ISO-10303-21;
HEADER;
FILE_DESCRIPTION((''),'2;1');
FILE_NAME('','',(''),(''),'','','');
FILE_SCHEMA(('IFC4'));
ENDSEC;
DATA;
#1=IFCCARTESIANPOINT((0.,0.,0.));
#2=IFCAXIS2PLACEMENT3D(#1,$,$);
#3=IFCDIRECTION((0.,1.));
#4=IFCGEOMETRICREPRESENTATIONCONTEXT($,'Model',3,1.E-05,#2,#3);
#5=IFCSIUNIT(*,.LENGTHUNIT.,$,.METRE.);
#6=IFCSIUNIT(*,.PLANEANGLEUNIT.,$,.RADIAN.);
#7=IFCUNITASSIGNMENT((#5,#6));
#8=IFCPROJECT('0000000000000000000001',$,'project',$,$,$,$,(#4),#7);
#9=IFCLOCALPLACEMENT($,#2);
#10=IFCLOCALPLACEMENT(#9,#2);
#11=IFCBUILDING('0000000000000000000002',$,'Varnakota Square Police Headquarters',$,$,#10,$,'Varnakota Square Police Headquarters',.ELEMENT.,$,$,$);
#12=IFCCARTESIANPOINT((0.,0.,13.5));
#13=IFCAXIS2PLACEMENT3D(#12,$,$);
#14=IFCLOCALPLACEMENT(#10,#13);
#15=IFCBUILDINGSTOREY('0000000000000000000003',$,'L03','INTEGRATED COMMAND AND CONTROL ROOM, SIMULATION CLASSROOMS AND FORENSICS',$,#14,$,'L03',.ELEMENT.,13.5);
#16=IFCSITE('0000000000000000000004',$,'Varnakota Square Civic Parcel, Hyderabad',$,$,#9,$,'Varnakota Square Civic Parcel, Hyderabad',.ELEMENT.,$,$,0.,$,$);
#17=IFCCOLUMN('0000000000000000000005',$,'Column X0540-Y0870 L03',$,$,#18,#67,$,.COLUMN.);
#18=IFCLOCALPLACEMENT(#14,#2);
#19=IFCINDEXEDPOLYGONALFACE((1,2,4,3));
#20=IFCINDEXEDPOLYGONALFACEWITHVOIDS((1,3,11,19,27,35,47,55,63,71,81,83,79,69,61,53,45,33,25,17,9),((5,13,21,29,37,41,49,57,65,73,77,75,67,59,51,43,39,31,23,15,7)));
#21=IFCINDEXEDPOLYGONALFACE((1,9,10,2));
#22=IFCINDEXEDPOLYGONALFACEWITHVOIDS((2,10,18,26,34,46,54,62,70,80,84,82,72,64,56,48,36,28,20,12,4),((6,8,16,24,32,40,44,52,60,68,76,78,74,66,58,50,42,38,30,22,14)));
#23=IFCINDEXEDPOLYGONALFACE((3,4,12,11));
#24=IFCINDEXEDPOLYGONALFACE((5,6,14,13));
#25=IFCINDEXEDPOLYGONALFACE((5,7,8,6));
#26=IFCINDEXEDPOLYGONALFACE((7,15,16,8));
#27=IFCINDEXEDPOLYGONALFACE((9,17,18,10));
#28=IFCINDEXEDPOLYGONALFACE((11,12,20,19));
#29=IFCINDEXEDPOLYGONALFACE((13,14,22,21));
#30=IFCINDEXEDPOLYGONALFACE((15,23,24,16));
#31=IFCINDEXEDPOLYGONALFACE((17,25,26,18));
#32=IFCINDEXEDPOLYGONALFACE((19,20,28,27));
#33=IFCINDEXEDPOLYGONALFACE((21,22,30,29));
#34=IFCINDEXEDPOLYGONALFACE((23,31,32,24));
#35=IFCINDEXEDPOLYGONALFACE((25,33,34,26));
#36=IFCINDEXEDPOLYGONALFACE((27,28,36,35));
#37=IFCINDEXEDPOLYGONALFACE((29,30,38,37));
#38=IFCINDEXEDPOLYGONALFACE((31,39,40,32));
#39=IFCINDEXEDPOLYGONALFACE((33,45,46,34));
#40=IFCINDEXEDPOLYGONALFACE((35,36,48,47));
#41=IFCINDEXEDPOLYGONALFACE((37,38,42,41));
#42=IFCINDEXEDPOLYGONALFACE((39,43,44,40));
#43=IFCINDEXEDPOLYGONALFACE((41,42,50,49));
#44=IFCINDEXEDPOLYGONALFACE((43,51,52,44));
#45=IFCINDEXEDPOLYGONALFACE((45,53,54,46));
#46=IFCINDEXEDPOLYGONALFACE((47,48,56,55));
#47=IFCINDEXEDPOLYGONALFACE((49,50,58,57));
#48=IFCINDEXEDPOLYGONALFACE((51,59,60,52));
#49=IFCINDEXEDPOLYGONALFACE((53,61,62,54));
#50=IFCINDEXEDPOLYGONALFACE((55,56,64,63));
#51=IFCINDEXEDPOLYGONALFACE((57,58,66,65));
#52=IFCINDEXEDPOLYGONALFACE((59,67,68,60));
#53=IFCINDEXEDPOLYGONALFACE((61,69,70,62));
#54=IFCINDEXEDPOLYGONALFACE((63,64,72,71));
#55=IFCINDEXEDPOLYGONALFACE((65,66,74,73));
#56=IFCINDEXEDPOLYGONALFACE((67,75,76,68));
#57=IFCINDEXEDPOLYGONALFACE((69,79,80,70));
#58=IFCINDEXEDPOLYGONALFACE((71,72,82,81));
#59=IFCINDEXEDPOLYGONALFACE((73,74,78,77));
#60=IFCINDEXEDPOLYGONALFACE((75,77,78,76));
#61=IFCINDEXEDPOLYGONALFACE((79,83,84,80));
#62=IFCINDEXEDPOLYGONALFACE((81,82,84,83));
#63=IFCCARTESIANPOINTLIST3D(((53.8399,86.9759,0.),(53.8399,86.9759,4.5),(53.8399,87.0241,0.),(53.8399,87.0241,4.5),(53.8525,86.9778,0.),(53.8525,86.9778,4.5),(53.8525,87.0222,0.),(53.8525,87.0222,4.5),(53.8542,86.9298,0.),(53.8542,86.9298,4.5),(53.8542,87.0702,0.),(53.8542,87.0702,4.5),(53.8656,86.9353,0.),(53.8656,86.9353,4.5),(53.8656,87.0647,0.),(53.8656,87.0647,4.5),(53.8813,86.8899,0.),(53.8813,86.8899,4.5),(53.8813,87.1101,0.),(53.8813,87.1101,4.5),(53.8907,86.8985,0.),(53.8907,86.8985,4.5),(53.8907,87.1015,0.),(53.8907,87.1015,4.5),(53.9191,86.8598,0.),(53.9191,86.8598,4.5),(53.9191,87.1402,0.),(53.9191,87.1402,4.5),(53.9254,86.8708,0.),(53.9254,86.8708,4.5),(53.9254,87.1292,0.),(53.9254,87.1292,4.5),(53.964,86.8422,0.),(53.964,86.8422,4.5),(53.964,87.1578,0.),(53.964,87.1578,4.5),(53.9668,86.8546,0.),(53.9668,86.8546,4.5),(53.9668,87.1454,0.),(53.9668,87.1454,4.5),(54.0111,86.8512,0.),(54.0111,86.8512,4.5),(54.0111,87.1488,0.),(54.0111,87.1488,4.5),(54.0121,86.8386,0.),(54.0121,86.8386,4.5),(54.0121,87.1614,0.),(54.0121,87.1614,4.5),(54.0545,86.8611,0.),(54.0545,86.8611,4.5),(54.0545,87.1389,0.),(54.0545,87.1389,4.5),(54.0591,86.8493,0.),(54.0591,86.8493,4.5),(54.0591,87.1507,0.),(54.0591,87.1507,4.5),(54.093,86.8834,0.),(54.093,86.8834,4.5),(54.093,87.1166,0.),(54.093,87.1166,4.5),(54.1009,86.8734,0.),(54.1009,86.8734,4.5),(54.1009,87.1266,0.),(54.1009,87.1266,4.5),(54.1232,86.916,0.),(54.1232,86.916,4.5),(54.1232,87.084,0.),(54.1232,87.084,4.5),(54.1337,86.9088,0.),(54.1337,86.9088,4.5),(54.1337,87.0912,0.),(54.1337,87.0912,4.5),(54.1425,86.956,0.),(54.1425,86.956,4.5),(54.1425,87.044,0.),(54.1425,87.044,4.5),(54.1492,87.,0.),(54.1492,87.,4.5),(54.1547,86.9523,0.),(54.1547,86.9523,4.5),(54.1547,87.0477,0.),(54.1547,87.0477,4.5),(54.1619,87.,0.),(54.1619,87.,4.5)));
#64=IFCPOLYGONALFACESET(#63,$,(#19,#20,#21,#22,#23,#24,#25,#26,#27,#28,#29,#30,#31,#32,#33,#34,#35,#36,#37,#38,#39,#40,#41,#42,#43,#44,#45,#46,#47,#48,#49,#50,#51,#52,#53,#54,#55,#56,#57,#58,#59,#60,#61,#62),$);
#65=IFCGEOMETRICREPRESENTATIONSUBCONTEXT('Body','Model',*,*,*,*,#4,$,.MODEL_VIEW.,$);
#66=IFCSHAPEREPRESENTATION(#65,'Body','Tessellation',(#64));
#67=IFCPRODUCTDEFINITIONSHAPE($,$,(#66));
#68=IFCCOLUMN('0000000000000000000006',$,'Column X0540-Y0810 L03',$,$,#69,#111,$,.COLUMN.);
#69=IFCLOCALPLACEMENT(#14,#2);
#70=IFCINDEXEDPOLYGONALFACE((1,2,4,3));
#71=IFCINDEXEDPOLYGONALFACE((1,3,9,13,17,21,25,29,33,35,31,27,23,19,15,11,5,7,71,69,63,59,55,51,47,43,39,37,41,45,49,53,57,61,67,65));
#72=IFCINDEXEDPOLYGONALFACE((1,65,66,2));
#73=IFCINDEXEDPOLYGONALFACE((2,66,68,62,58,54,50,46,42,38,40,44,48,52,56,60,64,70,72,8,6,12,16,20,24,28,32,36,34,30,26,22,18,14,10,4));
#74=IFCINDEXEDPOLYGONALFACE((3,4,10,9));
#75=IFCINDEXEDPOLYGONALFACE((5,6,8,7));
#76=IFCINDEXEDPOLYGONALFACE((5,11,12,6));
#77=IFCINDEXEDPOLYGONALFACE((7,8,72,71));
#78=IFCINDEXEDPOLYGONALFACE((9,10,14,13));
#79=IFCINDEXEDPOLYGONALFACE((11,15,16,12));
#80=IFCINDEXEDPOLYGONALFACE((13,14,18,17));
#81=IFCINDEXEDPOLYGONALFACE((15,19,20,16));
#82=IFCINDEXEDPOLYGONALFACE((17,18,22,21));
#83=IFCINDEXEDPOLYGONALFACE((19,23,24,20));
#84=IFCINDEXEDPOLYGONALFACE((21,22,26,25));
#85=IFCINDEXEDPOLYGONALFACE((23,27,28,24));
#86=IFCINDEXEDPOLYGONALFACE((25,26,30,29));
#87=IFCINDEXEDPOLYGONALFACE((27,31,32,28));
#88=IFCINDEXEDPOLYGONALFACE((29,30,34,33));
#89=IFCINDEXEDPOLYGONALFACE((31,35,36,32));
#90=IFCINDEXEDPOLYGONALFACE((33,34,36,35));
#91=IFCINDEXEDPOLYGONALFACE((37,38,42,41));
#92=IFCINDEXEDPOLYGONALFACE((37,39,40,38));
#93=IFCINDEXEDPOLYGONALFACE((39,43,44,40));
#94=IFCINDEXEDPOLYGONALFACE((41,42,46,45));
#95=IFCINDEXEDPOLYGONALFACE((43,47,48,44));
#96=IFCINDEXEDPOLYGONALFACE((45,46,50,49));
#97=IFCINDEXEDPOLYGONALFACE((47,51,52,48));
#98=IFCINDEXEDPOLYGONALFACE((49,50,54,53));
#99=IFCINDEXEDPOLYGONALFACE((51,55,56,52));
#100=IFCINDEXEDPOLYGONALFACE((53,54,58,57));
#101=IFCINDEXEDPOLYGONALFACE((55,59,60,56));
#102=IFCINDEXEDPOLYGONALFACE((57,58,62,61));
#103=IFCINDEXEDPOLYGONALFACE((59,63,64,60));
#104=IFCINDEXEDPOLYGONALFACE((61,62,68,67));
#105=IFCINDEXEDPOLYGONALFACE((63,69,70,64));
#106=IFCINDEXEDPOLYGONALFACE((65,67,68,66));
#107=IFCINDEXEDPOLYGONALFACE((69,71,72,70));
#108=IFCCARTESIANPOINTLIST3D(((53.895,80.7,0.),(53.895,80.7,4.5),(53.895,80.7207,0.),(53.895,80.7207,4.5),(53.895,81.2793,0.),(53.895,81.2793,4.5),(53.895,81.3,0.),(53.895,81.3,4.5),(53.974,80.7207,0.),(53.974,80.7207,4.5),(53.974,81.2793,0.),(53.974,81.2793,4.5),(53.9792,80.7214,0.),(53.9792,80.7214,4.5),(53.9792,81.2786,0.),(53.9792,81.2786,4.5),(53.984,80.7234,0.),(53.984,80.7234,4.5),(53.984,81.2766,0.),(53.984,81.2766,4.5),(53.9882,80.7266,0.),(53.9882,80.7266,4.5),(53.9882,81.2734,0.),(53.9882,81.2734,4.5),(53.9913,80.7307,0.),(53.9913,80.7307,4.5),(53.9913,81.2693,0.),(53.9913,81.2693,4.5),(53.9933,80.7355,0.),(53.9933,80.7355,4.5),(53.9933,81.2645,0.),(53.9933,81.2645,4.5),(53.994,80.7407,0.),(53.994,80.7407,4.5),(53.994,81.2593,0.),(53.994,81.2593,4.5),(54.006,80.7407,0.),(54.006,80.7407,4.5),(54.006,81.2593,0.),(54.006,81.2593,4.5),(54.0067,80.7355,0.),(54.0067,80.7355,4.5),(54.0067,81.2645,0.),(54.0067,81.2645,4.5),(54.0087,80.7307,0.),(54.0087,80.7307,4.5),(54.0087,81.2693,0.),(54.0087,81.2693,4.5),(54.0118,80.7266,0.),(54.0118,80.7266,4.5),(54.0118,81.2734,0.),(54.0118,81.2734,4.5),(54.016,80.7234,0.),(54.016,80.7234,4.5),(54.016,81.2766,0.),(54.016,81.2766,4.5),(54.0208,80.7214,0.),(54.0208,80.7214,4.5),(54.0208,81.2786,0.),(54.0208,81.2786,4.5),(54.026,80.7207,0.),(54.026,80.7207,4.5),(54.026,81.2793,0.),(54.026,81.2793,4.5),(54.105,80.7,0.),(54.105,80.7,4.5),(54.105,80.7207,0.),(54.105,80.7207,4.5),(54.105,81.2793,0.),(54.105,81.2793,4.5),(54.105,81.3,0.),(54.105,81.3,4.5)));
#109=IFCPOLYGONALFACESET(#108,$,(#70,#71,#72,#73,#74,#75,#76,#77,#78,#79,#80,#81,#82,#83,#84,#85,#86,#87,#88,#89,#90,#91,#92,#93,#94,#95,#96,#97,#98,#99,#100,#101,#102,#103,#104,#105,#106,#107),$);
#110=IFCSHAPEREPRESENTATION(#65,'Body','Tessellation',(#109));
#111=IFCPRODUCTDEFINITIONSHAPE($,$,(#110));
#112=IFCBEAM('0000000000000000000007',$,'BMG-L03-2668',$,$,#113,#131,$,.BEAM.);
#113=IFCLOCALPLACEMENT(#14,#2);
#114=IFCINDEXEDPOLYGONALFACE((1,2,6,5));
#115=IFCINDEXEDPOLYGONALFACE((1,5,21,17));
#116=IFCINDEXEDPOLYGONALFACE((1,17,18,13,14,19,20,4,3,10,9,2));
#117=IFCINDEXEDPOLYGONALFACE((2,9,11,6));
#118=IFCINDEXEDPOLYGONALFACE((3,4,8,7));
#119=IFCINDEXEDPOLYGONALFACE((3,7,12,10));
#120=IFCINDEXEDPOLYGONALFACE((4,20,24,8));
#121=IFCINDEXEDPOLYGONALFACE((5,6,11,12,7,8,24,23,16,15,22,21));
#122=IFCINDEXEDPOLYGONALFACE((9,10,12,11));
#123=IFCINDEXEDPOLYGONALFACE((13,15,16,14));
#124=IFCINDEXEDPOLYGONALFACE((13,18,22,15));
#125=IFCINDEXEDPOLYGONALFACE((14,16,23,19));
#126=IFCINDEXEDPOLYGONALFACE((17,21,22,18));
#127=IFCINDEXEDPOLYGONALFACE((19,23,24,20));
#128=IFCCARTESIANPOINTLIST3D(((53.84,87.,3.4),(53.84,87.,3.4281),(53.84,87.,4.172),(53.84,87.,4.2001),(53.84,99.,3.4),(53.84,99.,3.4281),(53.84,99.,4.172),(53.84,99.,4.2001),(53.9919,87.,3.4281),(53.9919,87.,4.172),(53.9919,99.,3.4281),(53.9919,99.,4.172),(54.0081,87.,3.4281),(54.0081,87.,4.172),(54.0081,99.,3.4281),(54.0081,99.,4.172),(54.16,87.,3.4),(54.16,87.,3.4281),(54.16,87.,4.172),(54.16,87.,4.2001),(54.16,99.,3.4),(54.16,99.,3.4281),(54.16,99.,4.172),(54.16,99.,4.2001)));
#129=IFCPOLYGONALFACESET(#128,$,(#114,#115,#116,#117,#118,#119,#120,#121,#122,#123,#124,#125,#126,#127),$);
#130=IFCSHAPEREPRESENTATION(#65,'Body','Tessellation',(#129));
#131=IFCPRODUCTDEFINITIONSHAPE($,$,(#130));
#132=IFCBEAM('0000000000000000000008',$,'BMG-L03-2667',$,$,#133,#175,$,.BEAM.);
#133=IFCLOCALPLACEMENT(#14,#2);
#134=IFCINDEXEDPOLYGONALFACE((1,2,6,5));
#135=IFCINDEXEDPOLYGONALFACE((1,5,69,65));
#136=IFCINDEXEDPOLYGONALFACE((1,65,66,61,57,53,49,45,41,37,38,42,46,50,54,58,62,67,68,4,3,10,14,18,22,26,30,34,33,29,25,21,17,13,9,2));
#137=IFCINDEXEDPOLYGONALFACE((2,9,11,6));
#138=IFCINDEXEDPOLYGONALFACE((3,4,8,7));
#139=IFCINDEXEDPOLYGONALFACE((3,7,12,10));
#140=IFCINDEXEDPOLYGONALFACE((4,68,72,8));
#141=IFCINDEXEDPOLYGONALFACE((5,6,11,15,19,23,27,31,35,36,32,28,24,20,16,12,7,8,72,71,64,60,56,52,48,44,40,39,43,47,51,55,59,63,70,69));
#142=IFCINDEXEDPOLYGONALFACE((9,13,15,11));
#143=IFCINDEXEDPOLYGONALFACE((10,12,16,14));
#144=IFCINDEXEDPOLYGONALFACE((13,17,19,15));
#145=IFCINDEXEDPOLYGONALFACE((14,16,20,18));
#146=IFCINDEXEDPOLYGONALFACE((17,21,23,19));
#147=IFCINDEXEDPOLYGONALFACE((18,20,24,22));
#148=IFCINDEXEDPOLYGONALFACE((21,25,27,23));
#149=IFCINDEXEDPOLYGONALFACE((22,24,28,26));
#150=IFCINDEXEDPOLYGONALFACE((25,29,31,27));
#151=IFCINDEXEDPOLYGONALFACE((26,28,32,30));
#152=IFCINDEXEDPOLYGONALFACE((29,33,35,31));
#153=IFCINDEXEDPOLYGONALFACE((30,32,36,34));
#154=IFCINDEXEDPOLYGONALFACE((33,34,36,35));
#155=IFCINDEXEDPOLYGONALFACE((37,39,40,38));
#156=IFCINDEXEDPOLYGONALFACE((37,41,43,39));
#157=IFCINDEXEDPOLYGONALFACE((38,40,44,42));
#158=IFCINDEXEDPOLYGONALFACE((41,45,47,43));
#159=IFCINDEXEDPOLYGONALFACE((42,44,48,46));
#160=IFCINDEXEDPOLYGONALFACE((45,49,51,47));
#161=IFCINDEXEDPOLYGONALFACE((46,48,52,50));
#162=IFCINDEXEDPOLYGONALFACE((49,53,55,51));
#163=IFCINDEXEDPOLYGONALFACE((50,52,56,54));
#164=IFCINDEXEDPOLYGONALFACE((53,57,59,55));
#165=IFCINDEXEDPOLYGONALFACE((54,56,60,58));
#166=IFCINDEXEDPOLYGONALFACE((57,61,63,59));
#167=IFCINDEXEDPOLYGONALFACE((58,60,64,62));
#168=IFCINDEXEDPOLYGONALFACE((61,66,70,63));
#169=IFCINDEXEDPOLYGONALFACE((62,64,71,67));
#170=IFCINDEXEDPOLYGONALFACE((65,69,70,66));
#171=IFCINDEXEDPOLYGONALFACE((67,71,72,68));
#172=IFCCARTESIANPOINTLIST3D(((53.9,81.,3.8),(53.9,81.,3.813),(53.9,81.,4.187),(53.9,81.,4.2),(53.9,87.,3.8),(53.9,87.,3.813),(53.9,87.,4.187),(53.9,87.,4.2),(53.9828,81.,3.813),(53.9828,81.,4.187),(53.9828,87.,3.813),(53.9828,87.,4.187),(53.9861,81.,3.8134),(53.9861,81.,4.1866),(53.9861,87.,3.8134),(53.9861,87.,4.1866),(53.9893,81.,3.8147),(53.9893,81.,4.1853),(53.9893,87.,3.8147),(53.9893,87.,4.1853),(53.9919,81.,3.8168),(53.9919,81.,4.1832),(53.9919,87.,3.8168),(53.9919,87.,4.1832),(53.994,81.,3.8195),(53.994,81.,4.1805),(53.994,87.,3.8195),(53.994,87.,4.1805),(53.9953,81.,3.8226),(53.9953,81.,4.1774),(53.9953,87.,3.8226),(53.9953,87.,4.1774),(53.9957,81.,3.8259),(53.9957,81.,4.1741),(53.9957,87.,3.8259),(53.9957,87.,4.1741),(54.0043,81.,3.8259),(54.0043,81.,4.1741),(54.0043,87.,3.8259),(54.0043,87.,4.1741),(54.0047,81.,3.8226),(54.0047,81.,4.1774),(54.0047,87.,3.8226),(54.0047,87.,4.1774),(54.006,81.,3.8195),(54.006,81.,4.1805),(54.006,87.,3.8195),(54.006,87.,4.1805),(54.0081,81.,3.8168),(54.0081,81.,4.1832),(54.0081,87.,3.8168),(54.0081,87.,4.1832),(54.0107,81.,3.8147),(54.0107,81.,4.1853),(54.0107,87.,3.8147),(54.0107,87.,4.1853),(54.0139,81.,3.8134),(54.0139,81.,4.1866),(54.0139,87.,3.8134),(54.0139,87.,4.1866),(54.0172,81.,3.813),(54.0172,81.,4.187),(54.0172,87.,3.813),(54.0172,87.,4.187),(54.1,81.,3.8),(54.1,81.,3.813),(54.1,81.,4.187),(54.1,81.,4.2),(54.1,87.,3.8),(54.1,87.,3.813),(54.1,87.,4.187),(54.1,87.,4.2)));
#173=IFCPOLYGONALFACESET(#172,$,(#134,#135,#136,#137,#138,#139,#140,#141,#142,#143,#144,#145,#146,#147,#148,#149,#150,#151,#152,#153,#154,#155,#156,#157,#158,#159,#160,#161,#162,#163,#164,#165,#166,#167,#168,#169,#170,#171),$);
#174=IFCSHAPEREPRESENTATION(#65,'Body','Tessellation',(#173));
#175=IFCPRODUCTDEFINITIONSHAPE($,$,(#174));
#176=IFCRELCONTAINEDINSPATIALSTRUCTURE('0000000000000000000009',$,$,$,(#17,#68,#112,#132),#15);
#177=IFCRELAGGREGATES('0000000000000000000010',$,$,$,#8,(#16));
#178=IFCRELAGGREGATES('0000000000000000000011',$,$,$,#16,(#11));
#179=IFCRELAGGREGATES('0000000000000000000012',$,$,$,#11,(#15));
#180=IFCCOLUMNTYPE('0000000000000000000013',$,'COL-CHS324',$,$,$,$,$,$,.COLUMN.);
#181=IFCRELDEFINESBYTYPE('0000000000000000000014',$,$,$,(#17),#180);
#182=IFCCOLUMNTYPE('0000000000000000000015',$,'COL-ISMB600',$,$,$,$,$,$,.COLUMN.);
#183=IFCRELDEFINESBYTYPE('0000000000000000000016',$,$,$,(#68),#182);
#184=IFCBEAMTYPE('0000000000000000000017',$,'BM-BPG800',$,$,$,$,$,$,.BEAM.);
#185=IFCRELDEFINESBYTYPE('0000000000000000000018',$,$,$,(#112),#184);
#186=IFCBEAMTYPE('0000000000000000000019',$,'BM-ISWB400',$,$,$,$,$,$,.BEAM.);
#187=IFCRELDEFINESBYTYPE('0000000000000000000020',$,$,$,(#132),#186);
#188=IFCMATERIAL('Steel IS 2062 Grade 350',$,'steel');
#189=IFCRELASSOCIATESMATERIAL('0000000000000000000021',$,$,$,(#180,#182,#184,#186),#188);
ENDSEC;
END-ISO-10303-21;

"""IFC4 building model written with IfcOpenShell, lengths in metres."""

from ifc_helpers import new_model, si_unit, direction, frame, origin, origin_2d, place, context, subcontext, project, spatial, hollow_circle, i_section, extrude, material, material_profile, profile_set, type_object, element, save


model = new_model("IFC4")

# Units and contexts
model_context = context("Model", 3, precision=1e-05, world=origin(), true_north=direction((0.0, 1.0)))
body_context = subcontext(model_context, "Body", "Model", "MODEL_VIEW")
ifc_project = project(units=[si_unit("LENGTHUNIT", "METRE"), si_unit("PLANEANGLEUNIT", "RADIAN")], contexts=[model_context])

# Site, building, storey
site_placement = place(None, origin())
site = spatial("IfcSite", under=ifc_project, at=site_placement, Name="Varnakota Square Civic Parcel, Hyderabad", LongName="Varnakota Square Civic Parcel, Hyderabad", CompositionType="ELEMENT", RefElevation=0.0)
building_placement = place(site_placement, origin())
building = spatial("IfcBuilding", under=site, at=building_placement, Name="Varnakota Square Police Headquarters", LongName="Varnakota Square Police Headquarters", CompositionType="ELEMENT")
storey_placement = place(building_placement, frame((0.0, 0.0, 13.5)))
storey = spatial("IfcBuildingStorey", under=building, at=storey_placement, Name="L03", Description="INTEGRATED COMMAND AND CONTROL ROOM, SIMULATION CLASSROOMS AND FORENSICS", LongName="L03", CompositionType="ELEMENT", Elevation=13.5)

# Columns
ifc_material_1 = material(Name="Steel IS 2062 Grade 350", Category="steel")
ifc_material_profile_1 = material_profile(ifc_material_1, hollow_circle(Radius=0.1619, WallThickness=0.0127, at=origin_2d()), Name="CHS 323.9x12.7")
ifc_profile_set_1 = profile_set([ifc_material_profile_1], Name="Steel IS 2062 Grade 350")
column_type_1 = type_object("IfcColumnType", Name="COL-CHS324", PredefinedType="COLUMN", material=ifc_profile_set_1)
column_1_placement = place(storey_placement, frame((54.0, 87.0, 0.0), z_axis=(0.0, 0.0, 1.0), x_axis=(1.0, 0.0, 0.0)))
element("IfcColumn", 1, at=column_1_placement, inside=storey, type_object=column_type_1, Name="Column X0540-Y0870 L03", PredefinedType="COLUMN", context=body_context, shape_type="SweptSolid", body=[
    extrude(hollow_circle(Radius=0.1619, WallThickness=0.0127, at=origin_2d()), origin(), (0.0, 0.0, 1.0), 4.5),
])
ifc_material_profile_2 = material_profile(ifc_material_1, i_section(OverallWidth=0.21, OverallDepth=0.6001, WebThickness=0.012, FlangeThickness=0.0208, FilletRadius=0.02, at=origin_2d()), Name="ISMB 600")
ifc_profile_set_2 = profile_set([ifc_material_profile_2], Name="Steel IS 2062 Grade 350")
column_type_2 = type_object("IfcColumnType", Name="COL-ISMB600", PredefinedType="COLUMN", material=ifc_profile_set_2)
column_2_placement = place(storey_placement, frame((54.0, 81.0, 0.0), z_axis=(0.0, 0.0, 1.0), x_axis=(1.0, 0.0, 0.0)))
element("IfcColumn", 2, at=column_2_placement, inside=storey, type_object=column_type_2, Name="Column X0540-Y0810 L03", PredefinedType="COLUMN", context=body_context, shape_type="SweptSolid", body=[
    extrude(i_section(OverallWidth=0.21, OverallDepth=0.6001, WebThickness=0.012, FlangeThickness=0.0208, FilletRadius=0.02, at=origin_2d()), origin(), (0.0, 0.0, 1.0), 4.5),
])

# Beams
ifc_material_profile_3 = material_profile(ifc_material_1, i_section(OverallWidth=0.3201, OverallDepth=0.8, WebThickness=0.0161, FlangeThickness=0.0281, at=origin_2d()), Name="BPG 800x320")
ifc_profile_set_3 = profile_set([ifc_material_profile_3], Name="Steel IS 2062 Grade 350")
beam_type_1 = type_object("IfcBeamType", Name="BM-BPG800", PredefinedType="BEAM", material=ifc_profile_set_3)
beam_1_placement = place(storey_placement, frame((54.0, 87.0, 3.8), z_axis=(0.0, 1.0, 0.0), x_axis=(-1.0, 0.0, 0.0)))
element("IfcBeam", 3, at=beam_1_placement, inside=storey, type_object=beam_type_1, Name="BMG-L03-2668", PredefinedType="BEAM", context=body_context, shape_type="SweptSolid", body=[
    extrude(i_section(OverallWidth=0.3201, OverallDepth=0.8, WebThickness=0.0161, FlangeThickness=0.0281, at=origin_2d()), origin(), (0.0, 0.0, 1.0), 12.0),
])
ifc_material_profile_4 = material_profile(ifc_material_1, i_section(OverallWidth=0.2, OverallDepth=0.3999, WebThickness=0.0085, FlangeThickness=0.0129, FilletRadius=0.0129, at=origin_2d()), Name="ISWB 400")
ifc_profile_set_4 = profile_set([ifc_material_profile_4], Name="Steel IS 2062 Grade 350")
beam_type_2 = type_object("IfcBeamType", Name="BM-ISWB400", PredefinedType="BEAM", material=ifc_profile_set_4)
beam_2_placement = place(storey_placement, frame((54.0, 81.0, 4.0), z_axis=(0.0, 1.0, 0.0), x_axis=(-1.0, 0.0, 0.0)))
element("IfcBeam", 4, at=beam_2_placement, inside=storey, type_object=beam_type_2, Name="BMG-L03-2667", PredefinedType="BEAM", context=body_context, shape_type="SweptSolid", body=[
    extrude(i_section(OverallWidth=0.2, OverallDepth=0.3999, WebThickness=0.0085, FlangeThickness=0.0129, FilletRadius=0.0129, at=origin_2d()), origin(), (0.0, 0.0, 1.0), 6.0),
])

save(model, "model.ifc")
